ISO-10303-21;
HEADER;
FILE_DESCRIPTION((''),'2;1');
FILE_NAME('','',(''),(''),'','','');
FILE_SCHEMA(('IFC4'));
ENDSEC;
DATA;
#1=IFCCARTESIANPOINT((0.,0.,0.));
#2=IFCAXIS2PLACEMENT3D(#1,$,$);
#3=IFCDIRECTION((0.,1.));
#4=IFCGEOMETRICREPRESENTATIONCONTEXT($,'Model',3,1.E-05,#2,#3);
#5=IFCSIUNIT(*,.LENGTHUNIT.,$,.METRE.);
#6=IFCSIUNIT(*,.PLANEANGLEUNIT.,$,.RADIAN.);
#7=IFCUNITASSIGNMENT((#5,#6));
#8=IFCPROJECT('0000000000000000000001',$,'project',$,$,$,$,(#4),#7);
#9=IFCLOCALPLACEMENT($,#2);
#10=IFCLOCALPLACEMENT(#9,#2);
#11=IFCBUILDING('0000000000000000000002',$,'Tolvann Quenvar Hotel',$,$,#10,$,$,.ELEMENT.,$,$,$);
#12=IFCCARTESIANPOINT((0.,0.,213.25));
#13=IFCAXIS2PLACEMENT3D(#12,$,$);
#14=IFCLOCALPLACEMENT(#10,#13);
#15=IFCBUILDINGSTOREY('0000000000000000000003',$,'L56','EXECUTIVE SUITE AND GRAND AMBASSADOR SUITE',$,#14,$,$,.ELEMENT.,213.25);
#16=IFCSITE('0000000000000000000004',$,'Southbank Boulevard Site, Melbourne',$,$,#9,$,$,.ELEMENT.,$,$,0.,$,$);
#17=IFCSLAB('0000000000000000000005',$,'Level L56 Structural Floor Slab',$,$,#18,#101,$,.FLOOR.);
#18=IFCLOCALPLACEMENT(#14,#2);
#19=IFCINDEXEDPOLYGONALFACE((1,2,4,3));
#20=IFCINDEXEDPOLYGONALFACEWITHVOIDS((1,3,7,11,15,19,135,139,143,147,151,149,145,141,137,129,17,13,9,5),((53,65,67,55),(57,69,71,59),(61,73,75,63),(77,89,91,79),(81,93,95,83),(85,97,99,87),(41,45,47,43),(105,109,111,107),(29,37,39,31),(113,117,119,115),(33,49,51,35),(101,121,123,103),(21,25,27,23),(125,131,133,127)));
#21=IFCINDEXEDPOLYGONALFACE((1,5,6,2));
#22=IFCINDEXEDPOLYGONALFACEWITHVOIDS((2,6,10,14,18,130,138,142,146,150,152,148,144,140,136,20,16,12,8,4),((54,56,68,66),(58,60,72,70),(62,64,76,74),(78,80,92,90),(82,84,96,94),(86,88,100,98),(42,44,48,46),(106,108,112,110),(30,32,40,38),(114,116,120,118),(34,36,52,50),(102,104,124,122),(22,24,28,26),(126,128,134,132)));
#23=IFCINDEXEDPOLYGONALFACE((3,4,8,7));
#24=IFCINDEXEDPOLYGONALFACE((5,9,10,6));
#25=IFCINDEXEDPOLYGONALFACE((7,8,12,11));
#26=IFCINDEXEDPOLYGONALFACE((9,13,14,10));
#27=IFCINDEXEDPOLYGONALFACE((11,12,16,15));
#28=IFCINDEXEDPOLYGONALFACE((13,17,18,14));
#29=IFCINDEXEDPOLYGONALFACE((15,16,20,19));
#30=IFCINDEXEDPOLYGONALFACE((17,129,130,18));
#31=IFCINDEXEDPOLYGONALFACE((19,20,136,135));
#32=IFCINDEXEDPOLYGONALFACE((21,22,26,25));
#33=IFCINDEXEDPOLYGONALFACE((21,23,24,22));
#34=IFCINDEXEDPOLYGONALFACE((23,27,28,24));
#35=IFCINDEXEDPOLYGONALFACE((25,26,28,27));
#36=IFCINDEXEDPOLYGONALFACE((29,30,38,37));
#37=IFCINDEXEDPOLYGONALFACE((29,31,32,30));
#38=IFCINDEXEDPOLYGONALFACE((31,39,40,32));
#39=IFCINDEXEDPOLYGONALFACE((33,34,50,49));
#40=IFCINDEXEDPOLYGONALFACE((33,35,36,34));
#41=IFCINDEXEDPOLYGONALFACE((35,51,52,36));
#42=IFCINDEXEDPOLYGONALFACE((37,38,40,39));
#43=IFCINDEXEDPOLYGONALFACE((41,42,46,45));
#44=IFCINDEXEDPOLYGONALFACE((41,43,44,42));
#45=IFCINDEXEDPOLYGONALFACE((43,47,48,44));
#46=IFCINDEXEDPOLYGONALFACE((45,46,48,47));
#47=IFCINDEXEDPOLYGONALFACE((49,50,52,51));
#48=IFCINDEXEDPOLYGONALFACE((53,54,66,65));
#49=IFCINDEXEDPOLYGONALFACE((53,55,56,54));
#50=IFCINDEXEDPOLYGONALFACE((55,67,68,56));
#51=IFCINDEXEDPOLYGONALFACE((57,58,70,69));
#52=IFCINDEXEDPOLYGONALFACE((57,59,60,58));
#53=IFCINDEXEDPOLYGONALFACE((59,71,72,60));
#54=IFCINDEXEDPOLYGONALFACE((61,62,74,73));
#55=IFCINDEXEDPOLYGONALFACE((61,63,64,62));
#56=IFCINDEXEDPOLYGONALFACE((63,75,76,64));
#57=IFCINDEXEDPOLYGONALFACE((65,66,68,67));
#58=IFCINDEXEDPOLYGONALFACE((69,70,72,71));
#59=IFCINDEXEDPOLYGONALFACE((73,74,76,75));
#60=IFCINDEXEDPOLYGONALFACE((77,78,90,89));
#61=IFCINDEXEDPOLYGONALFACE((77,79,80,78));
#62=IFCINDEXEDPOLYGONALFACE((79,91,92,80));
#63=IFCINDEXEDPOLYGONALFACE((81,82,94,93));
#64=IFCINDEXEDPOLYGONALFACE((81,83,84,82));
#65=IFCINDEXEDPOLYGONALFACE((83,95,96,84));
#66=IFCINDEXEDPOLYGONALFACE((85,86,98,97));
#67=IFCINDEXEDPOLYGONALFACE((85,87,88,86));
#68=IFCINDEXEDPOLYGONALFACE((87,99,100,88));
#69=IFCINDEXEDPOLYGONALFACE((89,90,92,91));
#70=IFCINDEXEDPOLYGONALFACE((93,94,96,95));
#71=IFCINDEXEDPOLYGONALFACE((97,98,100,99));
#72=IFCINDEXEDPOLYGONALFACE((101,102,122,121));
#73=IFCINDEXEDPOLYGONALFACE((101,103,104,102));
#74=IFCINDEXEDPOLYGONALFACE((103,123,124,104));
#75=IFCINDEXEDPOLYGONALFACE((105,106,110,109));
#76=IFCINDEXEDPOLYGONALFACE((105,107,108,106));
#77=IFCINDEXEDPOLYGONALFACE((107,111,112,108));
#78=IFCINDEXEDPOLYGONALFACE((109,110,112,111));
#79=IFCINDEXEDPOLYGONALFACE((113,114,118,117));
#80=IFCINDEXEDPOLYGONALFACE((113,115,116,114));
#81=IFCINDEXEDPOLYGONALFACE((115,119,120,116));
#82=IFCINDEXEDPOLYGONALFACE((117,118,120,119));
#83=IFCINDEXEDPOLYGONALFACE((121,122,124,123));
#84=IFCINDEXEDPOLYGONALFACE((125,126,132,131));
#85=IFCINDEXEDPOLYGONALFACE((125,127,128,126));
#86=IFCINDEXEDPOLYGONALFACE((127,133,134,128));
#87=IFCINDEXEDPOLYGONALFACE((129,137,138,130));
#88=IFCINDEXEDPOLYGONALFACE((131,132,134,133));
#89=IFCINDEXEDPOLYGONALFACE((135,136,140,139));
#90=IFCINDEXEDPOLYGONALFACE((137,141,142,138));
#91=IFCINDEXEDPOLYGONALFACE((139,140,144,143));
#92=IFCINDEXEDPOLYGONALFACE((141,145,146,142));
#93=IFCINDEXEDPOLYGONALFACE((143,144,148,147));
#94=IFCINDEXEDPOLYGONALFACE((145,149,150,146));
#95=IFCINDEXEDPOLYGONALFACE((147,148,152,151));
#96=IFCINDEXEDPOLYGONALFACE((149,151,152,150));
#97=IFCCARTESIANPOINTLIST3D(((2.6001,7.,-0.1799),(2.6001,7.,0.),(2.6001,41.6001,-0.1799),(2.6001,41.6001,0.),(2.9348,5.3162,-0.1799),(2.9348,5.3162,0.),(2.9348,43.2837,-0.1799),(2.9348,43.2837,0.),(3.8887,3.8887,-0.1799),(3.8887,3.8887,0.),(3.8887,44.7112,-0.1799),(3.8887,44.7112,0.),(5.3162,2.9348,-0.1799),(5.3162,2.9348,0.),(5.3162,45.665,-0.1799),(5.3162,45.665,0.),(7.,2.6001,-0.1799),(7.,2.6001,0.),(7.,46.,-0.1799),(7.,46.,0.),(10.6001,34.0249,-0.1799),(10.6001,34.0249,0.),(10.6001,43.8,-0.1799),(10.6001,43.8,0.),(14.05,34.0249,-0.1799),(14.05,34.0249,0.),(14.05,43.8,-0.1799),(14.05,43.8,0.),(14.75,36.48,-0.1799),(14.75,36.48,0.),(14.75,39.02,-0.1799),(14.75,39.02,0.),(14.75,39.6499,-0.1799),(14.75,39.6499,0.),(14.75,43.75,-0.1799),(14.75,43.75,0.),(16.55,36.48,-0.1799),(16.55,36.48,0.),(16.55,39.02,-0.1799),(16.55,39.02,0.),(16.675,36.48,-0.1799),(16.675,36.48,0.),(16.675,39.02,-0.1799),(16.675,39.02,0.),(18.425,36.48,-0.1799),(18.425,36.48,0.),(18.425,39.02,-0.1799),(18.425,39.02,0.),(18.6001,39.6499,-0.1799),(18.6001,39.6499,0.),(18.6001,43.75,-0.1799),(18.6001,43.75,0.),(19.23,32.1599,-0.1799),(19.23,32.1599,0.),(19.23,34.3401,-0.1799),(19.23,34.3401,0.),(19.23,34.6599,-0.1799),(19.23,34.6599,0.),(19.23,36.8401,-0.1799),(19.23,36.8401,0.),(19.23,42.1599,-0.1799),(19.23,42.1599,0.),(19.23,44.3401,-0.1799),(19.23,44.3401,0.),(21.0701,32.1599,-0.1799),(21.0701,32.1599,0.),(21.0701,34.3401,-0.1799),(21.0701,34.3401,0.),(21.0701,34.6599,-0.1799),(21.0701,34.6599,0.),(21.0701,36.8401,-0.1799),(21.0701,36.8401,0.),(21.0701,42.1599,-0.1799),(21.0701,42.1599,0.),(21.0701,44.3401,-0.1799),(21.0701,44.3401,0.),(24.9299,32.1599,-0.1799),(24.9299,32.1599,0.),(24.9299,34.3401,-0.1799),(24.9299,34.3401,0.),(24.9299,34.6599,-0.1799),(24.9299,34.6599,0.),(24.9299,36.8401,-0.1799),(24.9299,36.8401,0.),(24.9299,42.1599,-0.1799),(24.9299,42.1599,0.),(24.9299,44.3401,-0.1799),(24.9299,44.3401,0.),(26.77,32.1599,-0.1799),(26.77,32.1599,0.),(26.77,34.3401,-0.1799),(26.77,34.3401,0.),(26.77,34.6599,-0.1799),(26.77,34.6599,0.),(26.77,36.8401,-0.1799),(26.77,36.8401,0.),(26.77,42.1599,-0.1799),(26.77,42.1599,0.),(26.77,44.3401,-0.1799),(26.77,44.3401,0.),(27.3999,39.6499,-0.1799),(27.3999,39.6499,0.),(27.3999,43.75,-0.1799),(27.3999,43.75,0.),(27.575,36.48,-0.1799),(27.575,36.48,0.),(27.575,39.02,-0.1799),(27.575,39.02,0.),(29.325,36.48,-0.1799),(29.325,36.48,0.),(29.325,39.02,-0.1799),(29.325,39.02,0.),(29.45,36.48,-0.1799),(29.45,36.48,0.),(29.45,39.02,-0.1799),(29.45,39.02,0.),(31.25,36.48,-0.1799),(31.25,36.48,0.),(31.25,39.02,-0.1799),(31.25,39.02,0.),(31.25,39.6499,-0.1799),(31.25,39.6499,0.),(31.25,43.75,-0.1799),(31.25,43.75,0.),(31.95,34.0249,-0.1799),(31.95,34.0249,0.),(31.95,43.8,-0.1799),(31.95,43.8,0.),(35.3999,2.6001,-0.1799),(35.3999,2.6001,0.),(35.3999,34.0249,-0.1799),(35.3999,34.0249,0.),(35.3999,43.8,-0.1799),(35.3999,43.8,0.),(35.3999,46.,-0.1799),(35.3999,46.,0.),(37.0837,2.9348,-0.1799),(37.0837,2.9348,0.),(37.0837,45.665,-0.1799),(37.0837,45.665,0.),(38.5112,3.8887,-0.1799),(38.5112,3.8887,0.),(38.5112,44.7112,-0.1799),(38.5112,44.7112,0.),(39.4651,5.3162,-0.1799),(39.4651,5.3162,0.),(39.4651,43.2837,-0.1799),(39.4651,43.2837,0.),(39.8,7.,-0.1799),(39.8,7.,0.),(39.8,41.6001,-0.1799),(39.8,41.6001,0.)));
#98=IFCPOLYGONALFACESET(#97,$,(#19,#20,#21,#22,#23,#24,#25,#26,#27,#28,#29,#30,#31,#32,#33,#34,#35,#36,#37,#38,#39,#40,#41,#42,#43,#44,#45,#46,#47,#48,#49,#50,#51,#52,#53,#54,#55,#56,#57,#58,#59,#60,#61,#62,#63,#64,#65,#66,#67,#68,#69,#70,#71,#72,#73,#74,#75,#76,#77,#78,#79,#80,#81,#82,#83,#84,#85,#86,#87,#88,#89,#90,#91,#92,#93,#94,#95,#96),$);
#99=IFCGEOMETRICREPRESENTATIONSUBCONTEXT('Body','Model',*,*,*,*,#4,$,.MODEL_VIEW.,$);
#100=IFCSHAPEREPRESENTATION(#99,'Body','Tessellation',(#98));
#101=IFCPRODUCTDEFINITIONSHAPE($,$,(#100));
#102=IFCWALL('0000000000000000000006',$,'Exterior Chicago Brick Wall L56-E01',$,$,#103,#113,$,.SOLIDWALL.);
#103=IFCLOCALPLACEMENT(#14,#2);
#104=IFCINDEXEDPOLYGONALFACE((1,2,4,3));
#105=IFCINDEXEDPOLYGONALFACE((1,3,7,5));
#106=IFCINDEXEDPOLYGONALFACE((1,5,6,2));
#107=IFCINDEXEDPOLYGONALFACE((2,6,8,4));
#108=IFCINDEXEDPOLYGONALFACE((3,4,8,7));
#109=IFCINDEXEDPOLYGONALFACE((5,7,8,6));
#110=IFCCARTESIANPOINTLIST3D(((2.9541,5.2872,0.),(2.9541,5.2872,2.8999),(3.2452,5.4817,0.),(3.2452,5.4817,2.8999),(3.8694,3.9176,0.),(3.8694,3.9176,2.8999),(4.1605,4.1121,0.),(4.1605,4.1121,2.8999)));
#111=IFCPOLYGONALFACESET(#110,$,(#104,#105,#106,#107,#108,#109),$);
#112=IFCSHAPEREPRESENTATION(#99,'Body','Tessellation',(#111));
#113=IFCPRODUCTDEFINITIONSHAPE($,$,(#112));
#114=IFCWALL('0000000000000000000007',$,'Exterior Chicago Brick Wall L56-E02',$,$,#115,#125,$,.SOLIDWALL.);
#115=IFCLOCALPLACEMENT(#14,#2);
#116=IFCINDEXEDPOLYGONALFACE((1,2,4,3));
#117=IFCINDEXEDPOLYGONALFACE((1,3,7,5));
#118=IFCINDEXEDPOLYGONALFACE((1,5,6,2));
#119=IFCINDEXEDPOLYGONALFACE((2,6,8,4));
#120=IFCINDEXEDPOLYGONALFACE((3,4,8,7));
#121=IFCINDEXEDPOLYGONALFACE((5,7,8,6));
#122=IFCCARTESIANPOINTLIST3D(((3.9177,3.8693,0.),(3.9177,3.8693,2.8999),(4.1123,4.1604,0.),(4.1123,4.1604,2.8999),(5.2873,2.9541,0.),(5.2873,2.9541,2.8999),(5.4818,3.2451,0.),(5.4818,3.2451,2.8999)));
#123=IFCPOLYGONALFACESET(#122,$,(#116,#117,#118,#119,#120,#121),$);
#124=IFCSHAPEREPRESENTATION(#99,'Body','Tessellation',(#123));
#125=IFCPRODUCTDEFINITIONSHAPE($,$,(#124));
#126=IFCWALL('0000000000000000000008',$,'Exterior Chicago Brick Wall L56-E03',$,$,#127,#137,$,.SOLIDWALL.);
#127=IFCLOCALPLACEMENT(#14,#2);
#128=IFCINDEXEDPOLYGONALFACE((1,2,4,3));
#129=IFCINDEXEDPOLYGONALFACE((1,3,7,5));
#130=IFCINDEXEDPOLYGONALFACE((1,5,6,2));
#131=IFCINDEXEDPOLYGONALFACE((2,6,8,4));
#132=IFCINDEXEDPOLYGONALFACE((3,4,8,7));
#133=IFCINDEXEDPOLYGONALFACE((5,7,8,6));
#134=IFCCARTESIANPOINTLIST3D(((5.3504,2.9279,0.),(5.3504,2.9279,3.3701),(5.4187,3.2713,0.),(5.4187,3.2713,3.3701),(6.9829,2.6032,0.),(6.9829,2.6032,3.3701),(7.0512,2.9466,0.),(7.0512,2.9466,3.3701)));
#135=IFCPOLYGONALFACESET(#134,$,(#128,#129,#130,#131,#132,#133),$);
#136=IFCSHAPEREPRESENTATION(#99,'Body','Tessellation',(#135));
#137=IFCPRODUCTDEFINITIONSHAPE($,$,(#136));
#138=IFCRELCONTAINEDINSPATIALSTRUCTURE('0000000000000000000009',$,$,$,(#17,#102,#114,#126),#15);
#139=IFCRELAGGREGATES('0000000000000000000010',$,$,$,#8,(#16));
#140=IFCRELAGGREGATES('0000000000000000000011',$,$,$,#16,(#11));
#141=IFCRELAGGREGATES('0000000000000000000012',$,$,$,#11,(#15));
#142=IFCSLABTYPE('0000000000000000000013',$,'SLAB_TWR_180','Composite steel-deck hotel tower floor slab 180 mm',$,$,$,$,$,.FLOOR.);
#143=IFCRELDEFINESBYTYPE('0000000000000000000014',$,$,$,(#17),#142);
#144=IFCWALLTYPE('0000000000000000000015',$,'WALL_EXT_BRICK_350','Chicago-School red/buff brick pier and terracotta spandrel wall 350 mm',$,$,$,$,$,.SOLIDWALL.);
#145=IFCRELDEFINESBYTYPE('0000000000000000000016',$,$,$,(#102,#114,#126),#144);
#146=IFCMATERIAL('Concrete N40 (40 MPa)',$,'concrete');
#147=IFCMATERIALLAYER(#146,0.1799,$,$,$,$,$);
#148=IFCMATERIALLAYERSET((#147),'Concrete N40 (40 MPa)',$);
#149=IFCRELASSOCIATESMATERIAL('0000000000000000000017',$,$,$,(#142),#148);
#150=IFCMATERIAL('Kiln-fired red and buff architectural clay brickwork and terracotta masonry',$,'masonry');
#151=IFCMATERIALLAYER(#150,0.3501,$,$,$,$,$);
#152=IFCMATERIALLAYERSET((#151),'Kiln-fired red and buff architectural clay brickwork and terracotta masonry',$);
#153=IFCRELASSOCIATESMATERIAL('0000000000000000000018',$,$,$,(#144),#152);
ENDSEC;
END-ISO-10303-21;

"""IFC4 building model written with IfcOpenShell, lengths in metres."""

from ifc_helpers import new_model, si_unit, direction, frame, frame_2d, origin, place, context, subcontext, project, spatial, polyline, rectangle, outline, extrude, material, layer, layer_set, type_object, element, save


model = new_model("IFC4")

# Units and contexts
model_context = context("Model", 3, precision=1e-05, world=origin(), true_north=direction((0.0, 1.0)))
body_context = subcontext(model_context, "Body", "Model", "MODEL_VIEW")
ifc_project = project(units=[si_unit("LENGTHUNIT", "METRE"), si_unit("PLANEANGLEUNIT", "RADIAN")], contexts=[model_context])

# Site, building, storey
site_placement = place(None, origin())
site = spatial("IfcSite", under=ifc_project, at=site_placement, Name="Southbank Boulevard Site, Melbourne", CompositionType="ELEMENT", RefElevation=0.0)
building_placement = place(site_placement, origin())
building = spatial("IfcBuilding", under=site, at=building_placement, Name="Tolvann Quenvar Hotel", CompositionType="ELEMENT")
storey_placement = place(building_placement, frame((0.0, 0.0, 213.25)))
storey = spatial("IfcBuildingStorey", under=building, at=storey_placement, Name="L56", Description="EXECUTIVE SUITE AND GRAND AMBASSADOR SUITE", CompositionType="ELEMENT", Elevation=213.25)

# Shared definitions
ifc_material_1 = material(Name="Concrete N40 (40 MPa)", Category="concrete")

# Slab
ifc_layer_1 = layer(ifc_material_1, 0.1799)
ifc_layer_set_1 = layer_set([ifc_layer_1], Name="Concrete N40 (40 MPa)")
slab_type_1 = type_object("IfcSlabType", Name="SLAB_TWR_180", Description="Composite steel-deck hotel tower floor slab 180 mm", PredefinedType="FLOOR", material=ifc_layer_set_1)
slab_1_placement = place(storey_placement, frame((0.0, 0.0, -0.1799)))
element("IfcSlab", 1, at=slab_1_placement, inside=storey, type_object=slab_type_1, Name="Level L56 Structural Floor Slab", PredefinedType="FLOOR", context=body_context, shape_type="SweptSolid", body=[
    extrude(outline(polyline([(2.6001, 7.0), (2.9348, 5.3162), (3.8887, 3.8887), (5.3162, 2.9348), (7.0, 2.6001), (35.3999, 2.6001), (37.0837, 2.9348), (38.5112, 3.8887), (39.4651, 5.3162), (39.8, 7.0), (39.8, 41.6001), (39.4651, 43.2837), (38.5112, 44.7112), (37.0837, 45.665), (35.3999, 46.0), (7.0, 46.0), (5.3162, 45.665), (3.8887, 44.7112), (2.9348, 43.2837), (2.6001, 41.6001), (2.6001, 7.0)]), holes=[polyline([(31.95, 34.0249), (31.95, 43.8), (35.3999, 43.8), (35.3999, 34.0249), (31.95, 34.0249)]), polyline([(27.3999, 43.75), (31.25, 43.75), (31.25, 39.6499), (27.3999, 39.6499), (27.3999, 43.75)]), polyline([(29.45, 39.02), (31.25, 39.02), (31.25, 36.48), (29.45, 36.48), (29.45, 39.02)]), polyline([(27.575, 39.02), (29.325, 39.02), (29.325, 36.48), (27.575, 36.48), (27.575, 39.02)]), polyline([(24.9299, 36.8401), (26.77, 36.8401), (26.77, 34.6599), (24.9299, 34.6599), (24.9299, 36.8401)]), polyline([(24.9299, 44.3401), (26.77, 44.3401), (26.77, 42.1599), (24.9299, 42.1599), (24.9299, 44.3401)]), polyline([(24.9299, 32.1599), (24.9299, 34.3401), (26.77, 34.3401), (26.77, 32.1599), (24.9299, 32.1599)]), polyline([(19.23, 36.8401), (21.0701, 36.8401), (21.0701, 34.6599), (19.23, 34.6599), (19.23, 36.8401)]), polyline([(19.23, 44.3401), (21.0701, 44.3401), (21.0701, 42.1599), (19.23, 42.1599), (19.23, 44.3401)]), polyline([(19.23, 32.1599), (19.23, 34.3401), (21.0701, 34.3401), (21.0701, 32.1599), (19.23, 32.1599)]), polyline([(14.75, 43.75), (18.6001, 43.75), (18.6001, 39.6499), (14.75, 39.6499), (14.75, 43.75)]), polyline([(16.675, 39.02), (18.425, 39.02), (18.425, 36.48), (16.675, 36.48), (16.675, 39.02)]), polyline([(14.75, 39.02), (16.55, 39.02), (16.55, 36.48), (14.75, 36.48), (14.75, 39.02)]), polyline([(10.6001, 34.0249), (10.6001, 43.8), (14.05, 43.8), (14.05, 34.0249), (10.6001, 34.0249)])]), origin(), (0.0, 0.0, 1.0), 0.1799),
])

# Walls
ifc_material_2 = material(Name="Kiln-fired red and buff architectural clay brickwork and terracotta masonry", Category="masonry")
ifc_layer_2 = layer(ifc_material_2, 0.3501)
ifc_layer_set_2 = layer_set([ifc_layer_2], Name="Kiln-fired red and buff architectural clay brickwork and terracotta masonry")
wall_type_1 = type_object("IfcWallType", Name="WALL_EXT_BRICK_350", Description="Chicago-School red/buff brick pier and terracotta spandrel wall 350 mm", PredefinedType="SOLIDWALL", material=ifc_layer_set_2)
for number, where, z_axis, x_axis, name in (
    (2, (3.0996, 5.3845, 0.0), (0.0, 0.0, 1.0), (0.555623, -0.831434, 0.0), "Exterior Chicago Brick Wall L56-E01"),
    (3, (4.0149, 4.0149, 0.0), (0.0, 0.0, 1.0), (0.831434, -0.555623, 0.0), "Exterior Chicago Brick Wall L56-E02"),
):
    element("IfcWall", number, at=place(storey_placement, frame(where, z_axis=z_axis, x_axis=x_axis)), inside=storey, type_object=wall_type_1, Name=name, PredefinedType="SOLIDWALL", context=body_context, shape_type="SweptSolid", body=[
        extrude(rectangle(XDim=1.6472, YDim=0.3501, at=frame_2d((0.8237, 0.0))), origin(), (0.0, 0.0, 1.0), 2.8999),
    ])
wall_1_placement = place(storey_placement, frame((5.3845, 3.0996, 0.0), z_axis=(0.0, 0.0, 1.0), x_axis=(0.980789, -0.195072, 0.0)))
element("IfcWall", 4, at=wall_1_placement, inside=storey, type_object=wall_type_1, Name="Exterior Chicago Brick Wall L56-E03", PredefinedType="SOLIDWALL", context=body_context, shape_type="SweptSolid", body=[
    extrude(rectangle(XDim=1.6646, YDim=0.3501, at=frame_2d((0.8323, 0.0))), origin(), (0.0, 0.0, 1.0), 3.3701),
])

save(model, "model.ifc")
